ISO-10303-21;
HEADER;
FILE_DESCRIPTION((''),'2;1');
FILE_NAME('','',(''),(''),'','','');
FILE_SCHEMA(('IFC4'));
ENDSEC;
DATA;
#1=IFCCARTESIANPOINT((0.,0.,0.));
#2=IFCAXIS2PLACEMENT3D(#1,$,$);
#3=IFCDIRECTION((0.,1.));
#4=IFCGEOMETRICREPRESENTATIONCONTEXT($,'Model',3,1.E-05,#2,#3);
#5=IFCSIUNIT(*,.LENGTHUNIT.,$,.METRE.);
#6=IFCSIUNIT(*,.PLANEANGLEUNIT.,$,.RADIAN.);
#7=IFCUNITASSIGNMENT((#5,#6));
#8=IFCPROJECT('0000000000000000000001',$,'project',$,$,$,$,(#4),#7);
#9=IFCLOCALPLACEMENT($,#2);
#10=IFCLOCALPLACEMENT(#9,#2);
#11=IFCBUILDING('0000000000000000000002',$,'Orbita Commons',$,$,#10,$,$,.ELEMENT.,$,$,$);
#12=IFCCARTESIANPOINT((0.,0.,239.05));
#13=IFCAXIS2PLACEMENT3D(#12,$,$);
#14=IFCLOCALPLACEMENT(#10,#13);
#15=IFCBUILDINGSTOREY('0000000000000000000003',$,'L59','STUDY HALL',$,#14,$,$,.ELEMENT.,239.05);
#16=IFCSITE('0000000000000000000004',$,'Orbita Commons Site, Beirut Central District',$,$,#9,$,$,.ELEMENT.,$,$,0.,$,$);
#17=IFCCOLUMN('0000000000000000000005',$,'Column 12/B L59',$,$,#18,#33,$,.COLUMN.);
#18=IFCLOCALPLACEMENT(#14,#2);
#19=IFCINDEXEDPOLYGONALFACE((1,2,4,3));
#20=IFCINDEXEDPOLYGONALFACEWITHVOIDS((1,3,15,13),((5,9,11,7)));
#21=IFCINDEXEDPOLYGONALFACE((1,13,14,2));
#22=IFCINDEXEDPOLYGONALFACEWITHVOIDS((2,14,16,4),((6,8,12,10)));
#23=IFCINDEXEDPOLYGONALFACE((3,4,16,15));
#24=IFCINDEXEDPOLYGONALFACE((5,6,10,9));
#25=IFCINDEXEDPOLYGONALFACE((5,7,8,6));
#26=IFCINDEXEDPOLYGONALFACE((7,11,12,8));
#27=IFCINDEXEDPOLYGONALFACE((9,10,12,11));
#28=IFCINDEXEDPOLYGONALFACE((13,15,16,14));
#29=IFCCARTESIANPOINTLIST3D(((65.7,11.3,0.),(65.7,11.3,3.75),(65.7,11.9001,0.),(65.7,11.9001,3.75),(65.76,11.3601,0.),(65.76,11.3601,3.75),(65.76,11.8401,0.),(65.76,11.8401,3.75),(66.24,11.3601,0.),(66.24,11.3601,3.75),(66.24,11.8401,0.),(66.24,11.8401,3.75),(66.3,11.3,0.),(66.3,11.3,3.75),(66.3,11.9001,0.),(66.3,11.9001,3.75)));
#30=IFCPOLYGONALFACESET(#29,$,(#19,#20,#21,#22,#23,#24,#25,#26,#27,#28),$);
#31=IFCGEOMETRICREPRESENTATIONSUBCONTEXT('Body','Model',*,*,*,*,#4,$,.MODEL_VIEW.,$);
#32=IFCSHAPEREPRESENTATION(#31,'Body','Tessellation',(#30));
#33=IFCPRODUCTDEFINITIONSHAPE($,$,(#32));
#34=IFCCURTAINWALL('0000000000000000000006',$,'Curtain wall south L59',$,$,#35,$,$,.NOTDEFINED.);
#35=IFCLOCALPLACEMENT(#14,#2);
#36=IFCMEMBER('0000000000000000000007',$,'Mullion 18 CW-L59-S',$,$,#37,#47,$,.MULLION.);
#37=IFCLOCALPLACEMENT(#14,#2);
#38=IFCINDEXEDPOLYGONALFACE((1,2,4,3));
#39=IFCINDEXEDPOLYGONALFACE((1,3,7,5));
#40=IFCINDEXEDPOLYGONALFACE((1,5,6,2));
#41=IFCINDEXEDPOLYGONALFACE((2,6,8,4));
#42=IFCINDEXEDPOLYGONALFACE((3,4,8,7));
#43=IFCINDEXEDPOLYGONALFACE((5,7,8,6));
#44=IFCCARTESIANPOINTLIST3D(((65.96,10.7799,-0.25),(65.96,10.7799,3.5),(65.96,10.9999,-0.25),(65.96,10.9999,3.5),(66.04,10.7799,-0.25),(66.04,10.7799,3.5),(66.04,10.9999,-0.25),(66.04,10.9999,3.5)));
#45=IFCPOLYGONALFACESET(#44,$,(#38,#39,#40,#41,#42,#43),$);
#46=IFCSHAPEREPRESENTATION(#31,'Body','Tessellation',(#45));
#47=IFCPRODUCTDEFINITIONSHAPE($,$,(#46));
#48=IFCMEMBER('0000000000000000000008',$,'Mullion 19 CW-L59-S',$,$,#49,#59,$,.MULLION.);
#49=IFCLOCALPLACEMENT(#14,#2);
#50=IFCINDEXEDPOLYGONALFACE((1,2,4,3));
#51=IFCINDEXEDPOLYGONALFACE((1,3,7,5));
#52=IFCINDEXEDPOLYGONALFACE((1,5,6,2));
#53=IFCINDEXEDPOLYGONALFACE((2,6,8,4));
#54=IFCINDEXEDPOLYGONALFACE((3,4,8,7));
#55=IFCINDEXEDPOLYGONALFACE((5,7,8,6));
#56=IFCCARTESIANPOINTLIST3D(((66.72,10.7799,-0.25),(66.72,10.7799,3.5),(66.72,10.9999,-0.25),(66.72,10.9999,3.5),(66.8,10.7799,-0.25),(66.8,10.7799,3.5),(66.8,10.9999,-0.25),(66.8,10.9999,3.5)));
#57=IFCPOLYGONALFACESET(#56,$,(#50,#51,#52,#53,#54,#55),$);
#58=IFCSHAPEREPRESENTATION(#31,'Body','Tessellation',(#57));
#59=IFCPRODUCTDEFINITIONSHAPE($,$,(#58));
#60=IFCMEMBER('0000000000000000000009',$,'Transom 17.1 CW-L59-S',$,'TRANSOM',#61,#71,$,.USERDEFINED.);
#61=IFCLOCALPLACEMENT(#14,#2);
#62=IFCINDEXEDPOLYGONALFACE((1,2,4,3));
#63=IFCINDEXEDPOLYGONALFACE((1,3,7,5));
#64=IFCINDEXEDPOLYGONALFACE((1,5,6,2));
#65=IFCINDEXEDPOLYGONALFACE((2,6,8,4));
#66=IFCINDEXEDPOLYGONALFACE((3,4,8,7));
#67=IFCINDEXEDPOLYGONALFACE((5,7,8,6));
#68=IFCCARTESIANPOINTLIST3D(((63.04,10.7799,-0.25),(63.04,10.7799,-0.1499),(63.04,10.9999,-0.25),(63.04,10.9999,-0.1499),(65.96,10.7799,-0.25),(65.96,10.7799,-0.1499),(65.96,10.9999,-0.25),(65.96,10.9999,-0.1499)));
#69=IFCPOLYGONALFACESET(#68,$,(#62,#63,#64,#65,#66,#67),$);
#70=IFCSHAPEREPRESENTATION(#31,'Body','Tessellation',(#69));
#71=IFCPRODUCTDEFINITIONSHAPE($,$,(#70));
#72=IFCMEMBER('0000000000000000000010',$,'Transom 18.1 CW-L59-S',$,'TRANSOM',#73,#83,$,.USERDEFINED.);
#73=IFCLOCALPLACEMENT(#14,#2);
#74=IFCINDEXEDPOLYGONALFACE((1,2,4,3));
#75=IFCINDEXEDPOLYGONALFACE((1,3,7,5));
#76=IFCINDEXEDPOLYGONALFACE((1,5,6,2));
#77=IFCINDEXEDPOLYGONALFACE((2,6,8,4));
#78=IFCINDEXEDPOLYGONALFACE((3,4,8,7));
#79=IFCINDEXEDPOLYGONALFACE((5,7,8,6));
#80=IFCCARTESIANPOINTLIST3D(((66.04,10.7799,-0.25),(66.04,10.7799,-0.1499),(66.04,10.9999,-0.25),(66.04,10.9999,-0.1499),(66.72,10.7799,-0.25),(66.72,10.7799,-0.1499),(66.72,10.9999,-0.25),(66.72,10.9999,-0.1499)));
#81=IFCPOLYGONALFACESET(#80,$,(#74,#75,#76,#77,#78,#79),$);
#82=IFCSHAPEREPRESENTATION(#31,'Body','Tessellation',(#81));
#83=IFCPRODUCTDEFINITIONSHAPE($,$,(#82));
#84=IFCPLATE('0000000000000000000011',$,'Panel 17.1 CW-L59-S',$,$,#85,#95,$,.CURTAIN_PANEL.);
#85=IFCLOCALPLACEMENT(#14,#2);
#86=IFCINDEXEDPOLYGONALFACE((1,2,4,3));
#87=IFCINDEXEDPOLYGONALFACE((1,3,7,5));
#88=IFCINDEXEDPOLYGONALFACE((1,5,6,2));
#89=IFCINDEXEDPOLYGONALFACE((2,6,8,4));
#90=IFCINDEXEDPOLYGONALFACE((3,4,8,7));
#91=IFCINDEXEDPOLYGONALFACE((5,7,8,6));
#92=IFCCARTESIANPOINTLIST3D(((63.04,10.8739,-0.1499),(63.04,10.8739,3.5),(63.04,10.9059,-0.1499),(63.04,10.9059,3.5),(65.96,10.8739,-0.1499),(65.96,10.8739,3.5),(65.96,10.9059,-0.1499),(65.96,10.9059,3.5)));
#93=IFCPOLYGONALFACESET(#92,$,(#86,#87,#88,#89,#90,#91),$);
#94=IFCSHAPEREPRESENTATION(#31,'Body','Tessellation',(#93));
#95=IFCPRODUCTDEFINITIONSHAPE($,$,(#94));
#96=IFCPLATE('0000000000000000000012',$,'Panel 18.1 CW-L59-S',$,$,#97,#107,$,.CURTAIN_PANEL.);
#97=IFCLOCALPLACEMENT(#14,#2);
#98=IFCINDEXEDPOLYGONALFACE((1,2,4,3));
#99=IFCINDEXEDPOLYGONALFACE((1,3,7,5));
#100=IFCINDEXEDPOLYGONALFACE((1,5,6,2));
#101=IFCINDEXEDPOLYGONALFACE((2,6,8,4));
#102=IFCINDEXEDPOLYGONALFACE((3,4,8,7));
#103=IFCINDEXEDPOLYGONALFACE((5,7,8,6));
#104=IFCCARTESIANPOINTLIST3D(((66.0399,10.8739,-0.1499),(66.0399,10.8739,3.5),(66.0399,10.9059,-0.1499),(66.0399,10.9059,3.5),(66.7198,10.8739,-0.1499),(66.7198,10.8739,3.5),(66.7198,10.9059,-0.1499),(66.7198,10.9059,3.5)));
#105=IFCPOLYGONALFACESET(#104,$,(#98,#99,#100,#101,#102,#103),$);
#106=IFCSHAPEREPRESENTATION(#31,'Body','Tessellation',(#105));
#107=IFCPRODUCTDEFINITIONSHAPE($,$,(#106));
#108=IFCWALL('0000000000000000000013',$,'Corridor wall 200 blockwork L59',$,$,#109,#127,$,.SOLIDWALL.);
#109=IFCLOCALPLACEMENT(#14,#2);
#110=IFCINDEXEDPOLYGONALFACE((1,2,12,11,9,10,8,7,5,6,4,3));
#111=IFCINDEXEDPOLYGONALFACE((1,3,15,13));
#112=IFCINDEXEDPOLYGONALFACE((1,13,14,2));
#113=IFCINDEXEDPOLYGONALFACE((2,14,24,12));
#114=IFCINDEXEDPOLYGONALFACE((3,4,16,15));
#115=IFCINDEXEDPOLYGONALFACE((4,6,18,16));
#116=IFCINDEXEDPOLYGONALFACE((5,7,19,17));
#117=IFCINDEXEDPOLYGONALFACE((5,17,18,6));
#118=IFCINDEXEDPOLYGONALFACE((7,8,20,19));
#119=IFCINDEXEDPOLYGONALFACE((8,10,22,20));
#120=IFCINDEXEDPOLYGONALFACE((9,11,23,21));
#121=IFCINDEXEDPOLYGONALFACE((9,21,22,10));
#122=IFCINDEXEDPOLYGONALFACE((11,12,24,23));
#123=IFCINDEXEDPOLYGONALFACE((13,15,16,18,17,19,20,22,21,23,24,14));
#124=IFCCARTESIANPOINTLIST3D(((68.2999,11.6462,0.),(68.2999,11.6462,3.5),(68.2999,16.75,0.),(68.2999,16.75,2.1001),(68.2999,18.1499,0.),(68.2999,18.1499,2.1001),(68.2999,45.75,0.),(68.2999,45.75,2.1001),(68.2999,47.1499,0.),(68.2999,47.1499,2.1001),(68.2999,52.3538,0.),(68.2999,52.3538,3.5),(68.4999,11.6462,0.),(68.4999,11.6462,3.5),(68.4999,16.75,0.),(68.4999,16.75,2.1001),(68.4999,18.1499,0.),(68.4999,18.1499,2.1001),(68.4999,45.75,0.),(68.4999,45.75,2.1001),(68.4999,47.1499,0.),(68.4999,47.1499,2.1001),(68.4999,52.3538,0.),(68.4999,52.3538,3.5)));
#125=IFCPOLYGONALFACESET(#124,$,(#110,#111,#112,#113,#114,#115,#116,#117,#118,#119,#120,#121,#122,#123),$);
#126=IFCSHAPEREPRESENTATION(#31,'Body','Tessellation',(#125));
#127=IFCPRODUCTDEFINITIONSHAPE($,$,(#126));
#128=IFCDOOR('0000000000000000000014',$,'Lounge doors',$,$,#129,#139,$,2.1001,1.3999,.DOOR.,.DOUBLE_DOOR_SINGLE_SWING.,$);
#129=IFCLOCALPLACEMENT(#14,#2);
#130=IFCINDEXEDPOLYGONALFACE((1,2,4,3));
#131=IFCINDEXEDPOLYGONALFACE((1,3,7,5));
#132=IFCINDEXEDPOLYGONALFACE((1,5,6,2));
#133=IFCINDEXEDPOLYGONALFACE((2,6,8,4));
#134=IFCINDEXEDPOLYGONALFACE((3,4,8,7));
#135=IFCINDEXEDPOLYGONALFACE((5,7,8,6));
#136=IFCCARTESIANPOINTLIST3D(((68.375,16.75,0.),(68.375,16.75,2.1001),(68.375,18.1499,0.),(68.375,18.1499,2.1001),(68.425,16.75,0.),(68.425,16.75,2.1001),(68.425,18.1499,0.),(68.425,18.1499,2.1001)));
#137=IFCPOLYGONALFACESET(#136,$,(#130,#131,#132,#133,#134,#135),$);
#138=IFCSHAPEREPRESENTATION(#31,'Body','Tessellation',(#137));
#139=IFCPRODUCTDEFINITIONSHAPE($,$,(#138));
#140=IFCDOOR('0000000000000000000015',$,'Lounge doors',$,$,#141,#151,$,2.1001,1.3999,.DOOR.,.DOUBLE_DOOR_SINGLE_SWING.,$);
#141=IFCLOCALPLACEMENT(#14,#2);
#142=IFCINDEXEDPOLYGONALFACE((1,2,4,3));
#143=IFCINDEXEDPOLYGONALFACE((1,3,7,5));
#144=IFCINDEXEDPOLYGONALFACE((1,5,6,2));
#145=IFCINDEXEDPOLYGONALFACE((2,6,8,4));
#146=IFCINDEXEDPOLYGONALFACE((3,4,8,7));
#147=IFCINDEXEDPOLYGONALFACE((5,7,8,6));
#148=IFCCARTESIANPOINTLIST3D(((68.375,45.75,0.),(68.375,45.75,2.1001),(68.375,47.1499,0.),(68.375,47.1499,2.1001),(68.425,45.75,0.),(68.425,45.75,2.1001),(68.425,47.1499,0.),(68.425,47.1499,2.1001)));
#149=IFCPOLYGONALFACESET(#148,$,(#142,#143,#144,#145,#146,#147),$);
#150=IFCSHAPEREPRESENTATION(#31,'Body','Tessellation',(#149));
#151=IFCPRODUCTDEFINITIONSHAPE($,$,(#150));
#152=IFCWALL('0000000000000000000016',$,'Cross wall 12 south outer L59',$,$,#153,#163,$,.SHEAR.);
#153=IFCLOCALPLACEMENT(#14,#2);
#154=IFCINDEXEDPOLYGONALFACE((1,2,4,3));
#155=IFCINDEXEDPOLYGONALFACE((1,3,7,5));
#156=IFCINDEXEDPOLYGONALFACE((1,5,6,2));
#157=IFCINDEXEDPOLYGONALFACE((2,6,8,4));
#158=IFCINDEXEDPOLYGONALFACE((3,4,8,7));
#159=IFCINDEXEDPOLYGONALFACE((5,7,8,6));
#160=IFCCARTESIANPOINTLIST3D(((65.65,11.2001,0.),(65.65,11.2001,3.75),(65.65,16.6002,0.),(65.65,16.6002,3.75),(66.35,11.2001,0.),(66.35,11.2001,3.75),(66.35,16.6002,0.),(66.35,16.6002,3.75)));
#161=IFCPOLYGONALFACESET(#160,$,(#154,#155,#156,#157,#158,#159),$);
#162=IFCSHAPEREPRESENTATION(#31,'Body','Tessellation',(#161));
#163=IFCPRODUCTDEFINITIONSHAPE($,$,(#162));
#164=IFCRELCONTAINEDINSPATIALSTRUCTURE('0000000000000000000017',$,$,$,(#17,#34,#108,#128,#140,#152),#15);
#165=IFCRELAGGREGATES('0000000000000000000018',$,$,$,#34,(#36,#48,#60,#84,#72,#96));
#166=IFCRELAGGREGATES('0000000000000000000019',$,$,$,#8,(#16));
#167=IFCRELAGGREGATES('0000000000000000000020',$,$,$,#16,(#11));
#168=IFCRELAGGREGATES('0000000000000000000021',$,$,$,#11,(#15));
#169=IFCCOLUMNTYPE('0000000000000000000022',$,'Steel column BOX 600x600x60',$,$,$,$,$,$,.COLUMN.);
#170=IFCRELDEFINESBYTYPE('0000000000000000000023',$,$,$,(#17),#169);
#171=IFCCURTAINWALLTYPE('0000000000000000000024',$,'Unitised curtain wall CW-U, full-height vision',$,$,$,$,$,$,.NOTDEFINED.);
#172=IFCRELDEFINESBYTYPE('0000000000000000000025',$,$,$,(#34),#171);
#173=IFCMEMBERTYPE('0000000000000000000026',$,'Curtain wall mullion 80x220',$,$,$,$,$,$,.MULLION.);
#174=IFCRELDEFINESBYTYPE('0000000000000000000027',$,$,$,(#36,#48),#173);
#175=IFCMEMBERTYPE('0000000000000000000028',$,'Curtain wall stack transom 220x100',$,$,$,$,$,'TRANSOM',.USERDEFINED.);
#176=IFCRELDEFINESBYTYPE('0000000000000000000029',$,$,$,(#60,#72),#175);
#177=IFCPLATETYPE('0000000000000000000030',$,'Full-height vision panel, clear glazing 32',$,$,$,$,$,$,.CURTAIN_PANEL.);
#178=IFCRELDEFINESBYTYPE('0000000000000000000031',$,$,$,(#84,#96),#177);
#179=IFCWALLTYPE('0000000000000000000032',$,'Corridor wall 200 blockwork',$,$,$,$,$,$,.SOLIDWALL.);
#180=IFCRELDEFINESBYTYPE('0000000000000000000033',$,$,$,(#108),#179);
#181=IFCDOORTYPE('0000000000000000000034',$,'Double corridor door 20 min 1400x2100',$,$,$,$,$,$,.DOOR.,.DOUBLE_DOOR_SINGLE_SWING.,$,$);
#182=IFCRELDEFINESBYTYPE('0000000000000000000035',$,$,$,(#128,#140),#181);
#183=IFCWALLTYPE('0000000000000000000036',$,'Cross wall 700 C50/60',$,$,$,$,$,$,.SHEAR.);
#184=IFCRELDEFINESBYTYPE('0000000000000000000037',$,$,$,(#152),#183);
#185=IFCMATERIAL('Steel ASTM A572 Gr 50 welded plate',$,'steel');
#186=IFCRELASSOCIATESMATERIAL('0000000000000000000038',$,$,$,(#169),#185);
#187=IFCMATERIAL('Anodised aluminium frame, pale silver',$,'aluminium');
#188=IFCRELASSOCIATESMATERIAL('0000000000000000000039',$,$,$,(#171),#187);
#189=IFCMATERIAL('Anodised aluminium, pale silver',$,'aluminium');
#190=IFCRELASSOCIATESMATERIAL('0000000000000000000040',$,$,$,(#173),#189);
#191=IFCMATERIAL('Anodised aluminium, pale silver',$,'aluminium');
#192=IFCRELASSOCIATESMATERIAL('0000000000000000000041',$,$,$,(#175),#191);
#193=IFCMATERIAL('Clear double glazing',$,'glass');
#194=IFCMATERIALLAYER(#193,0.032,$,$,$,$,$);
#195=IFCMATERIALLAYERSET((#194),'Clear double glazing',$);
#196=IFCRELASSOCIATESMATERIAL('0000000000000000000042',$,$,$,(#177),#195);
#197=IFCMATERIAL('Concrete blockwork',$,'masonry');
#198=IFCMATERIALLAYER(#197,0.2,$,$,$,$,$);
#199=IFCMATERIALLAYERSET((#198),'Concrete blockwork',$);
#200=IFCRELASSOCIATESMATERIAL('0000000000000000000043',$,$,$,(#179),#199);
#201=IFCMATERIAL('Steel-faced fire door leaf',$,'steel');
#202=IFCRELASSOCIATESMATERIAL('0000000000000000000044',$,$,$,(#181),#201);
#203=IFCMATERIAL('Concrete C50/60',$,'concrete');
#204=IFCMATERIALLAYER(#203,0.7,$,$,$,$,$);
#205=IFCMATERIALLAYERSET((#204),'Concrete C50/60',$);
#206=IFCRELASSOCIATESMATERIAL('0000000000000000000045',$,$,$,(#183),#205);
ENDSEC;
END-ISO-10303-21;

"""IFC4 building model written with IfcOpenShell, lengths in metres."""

from ifc_helpers import new_model, si_unit, direction, frame, frame_2d, origin, origin_2d, place, context, subcontext, project, spatial, rectangle, hollow_rectangle, extrude, material, layer, layer_set, material_profile, profile_set, type_object, element, fill, aggregate, save


model = new_model("IFC4")

# Units and contexts
model_context = context("Model", 3, precision=1e-05, world=origin(), true_north=direction((0.0, 1.0)))
body_context = subcontext(model_context, "Body", "Model", "MODEL_VIEW")
ifc_project = project(units=[si_unit("LENGTHUNIT", "METRE"), si_unit("PLANEANGLEUNIT", "RADIAN")], contexts=[model_context])

# Site, building, storey
site_placement = place(None, origin())
site = spatial("IfcSite", under=ifc_project, at=site_placement, Name="Orbita Commons Site, Beirut Central District", CompositionType="ELEMENT", RefElevation=0.0)
building_placement = place(site_placement, origin())
building = spatial("IfcBuilding", under=site, at=building_placement, Name="Orbita Commons", CompositionType="ELEMENT")
storey_placement = place(building_placement, frame((0.0, 0.0, 239.05)))
storey = spatial("IfcBuildingStorey", under=building, at=storey_placement, Name="L59", Description="STUDY HALL", CompositionType="ELEMENT", Elevation=239.05)

# Column
ifc_material_1 = material(Name="Steel ASTM A572 Gr 50 welded plate", Category="steel")
ifc_material_profile_1 = material_profile(ifc_material_1, hollow_rectangle(XDim=0.6001, YDim=0.6001, WallThickness=0.0601, at=origin_2d()), Name="BOX 600x600x60")
ifc_profile_set_1 = profile_set([ifc_material_profile_1], Name="Steel ASTM A572 Gr 50 welded plate")
column_type = type_object("IfcColumnType", Name="Steel column BOX 600x600x60", PredefinedType="COLUMN", material=ifc_profile_set_1)
column_placement = place(storey_placement, frame((66.0, 11.6001, 0.0), z_axis=(0.0, 0.0, 1.0), x_axis=(1.0, 0.0, 0.0)))
element("IfcColumn", 1, at=column_placement, inside=storey, type_object=column_type, Name="Column 12/B L59", PredefinedType="COLUMN", context=body_context, shape_type="SweptSolid", body=[
    extrude(hollow_rectangle(XDim=0.6001, YDim=0.6001, WallThickness=0.0601, at=origin_2d()), origin(), (0.0, 0.0, 1.0), 3.75),
])

# Curtain wall, members, plates
ifc_material_2 = material(Name="Anodised aluminium frame, pale silver", Category="aluminium")
curtain_wall_type = type_object("IfcCurtainWallType", Name="Unitised curtain wall CW-U, full-height vision", PredefinedType="NOTDEFINED", material=ifc_material_2)
curtain_wall_placement = place(storey_placement, origin())
curtain_wall = element("IfcCurtainWall", 2, at=curtain_wall_placement, inside=storey, type_object=curtain_wall_type, Name="Curtain wall south L59", PredefinedType="NOTDEFINED")
ifc_material_3 = material(Name="Anodised aluminium, pale silver", Category="aluminium")
ifc_material_profile_2 = material_profile(ifc_material_3, rectangle(XDim=0.0801, YDim=0.22, at=origin_2d()), Name="AL 80x220")
ifc_profile_set_2 = profile_set([ifc_material_profile_2], Name="Anodised aluminium, pale silver")
member_type_1 = type_object("IfcMemberType", Name="Curtain wall mullion 80x220", PredefinedType="MULLION", material=ifc_profile_set_2)
member_1_placement = place(storey_placement, frame((66.0, 10.8899, -0.25), z_axis=(0.0, 0.0, 1.0), x_axis=(1.0, 0.0, 0.0)))
member_1 = element("IfcMember", 3, at=member_1_placement, type_object=member_type_1, Name="Mullion 18 CW-L59-S", PredefinedType="MULLION", context=body_context, shape_type="SweptSolid", body=[
    extrude(rectangle(XDim=0.0801, YDim=0.22, at=origin_2d()), origin(), (0.0, 0.0, 1.0), 3.75),
])
member_2_placement = place(storey_placement, frame((66.76, 10.8899, -0.25), z_axis=(0.0, 0.0, 1.0), x_axis=(1.0, 0.0, 0.0)))
member_2 = element("IfcMember", 4, at=member_2_placement, type_object=member_type_1, Name="Mullion 19 CW-L59-S", PredefinedType="MULLION", context=body_context, shape_type="SweptSolid", body=[
    extrude(rectangle(XDim=0.0801, YDim=0.22, at=origin_2d()), origin(), (0.0, 0.0, 1.0), 3.75),
])
ifc_material_4 = material(Name="Anodised aluminium, pale silver", Category="aluminium")
ifc_material_profile_3 = material_profile(ifc_material_4, rectangle(XDim=0.22, YDim=0.1001, at=origin_2d()), Name="AL 220x100")
ifc_profile_set_3 = profile_set([ifc_material_profile_3], Name="Anodised aluminium, pale silver")
member_type_2 = type_object("IfcMemberType", Name="Curtain wall stack transom 220x100", ElementType="TRANSOM", PredefinedType="USERDEFINED", material=ifc_profile_set_3)
member_3_placement = place(storey_placement, frame((63.04, 10.8899, -0.2), z_axis=(1.0, 0.0, 0.0), x_axis=(0.0, 1.0, 0.0)))
member_3 = element("IfcMember", 5, at=member_3_placement, type_object=member_type_2, Name="Transom 17.1 CW-L59-S", ObjectType="TRANSOM", PredefinedType="USERDEFINED", context=body_context, shape_type="SweptSolid", body=[
    extrude(rectangle(XDim=0.22, YDim=0.1001, at=origin_2d()), origin(), (0.0, 0.0, 1.0), 2.9199),
])
member_4_placement = place(storey_placement, frame((66.04, 10.8899, -0.2), z_axis=(1.0, 0.0, 0.0), x_axis=(0.0, 1.0, 0.0)))
member_4 = element("IfcMember", 6, at=member_4_placement, type_object=member_type_2, Name="Transom 18.1 CW-L59-S", ObjectType="TRANSOM", PredefinedType="USERDEFINED", context=body_context, shape_type="SweptSolid", body=[
    extrude(rectangle(XDim=0.22, YDim=0.1001, at=origin_2d()), origin(), (0.0, 0.0, 1.0), 0.6799),
])
ifc_material_5 = material(Name="Clear double glazing", Category="glass")
ifc_layer_1 = layer(ifc_material_5, 0.032)
ifc_layer_set_1 = layer_set([ifc_layer_1], Name="Clear double glazing")
plate_type = type_object("IfcPlateType", Name="Full-height vision panel, clear glazing 32", PredefinedType="CURTAIN_PANEL", material=ifc_layer_set_1)
plate_1_placement = place(storey_placement, frame((64.5, 10.8899, -0.1499), z_axis=(0.0, 0.0, 1.0), x_axis=(1.0, 0.0, 0.0)))
plate_1 = element("IfcPlate", 7, at=plate_1_placement, type_object=plate_type, Name="Panel 17.1 CW-L59-S", PredefinedType="CURTAIN_PANEL", context=body_context, shape_type="SweptSolid", body=[
    extrude(rectangle(XDim=2.9199, YDim=0.032, at=origin_2d()), origin(), (0.0, 0.0, 1.0), 3.6499),
])
plate_2_placement = place(storey_placement, frame((66.3799, 10.8899, -0.1499), z_axis=(0.0, 0.0, 1.0), x_axis=(1.0, 0.0, 0.0)))
plate_2 = element("IfcPlate", 8, at=plate_2_placement, type_object=plate_type, Name="Panel 18.1 CW-L59-S", PredefinedType="CURTAIN_PANEL", context=body_context, shape_type="SweptSolid", body=[
    extrude(rectangle(XDim=0.6799, YDim=0.032, at=origin_2d()), origin(), (0.0, 0.0, 1.0), 3.6499),
])
aggregate(curtain_wall, [member_1, member_2, member_3, plate_1, member_4, plate_2])

# Wall, openings, doors
ifc_material_6 = material(Name="Concrete blockwork", Category="masonry")
ifc_layer_2 = layer(ifc_material_6, 0.2)
ifc_layer_set_2 = layer_set([ifc_layer_2], Name="Concrete blockwork")
wall_type_1 = type_object("IfcWallType", Name="Corridor wall 200 blockwork", PredefinedType="SOLIDWALL", material=ifc_layer_set_2)
wall_1_placement = place(storey_placement, frame((68.3999, 11.6462, 0.0), z_axis=(0.0, 0.0, 1.0), x_axis=(0.0, 1.0, 0.0)))
wall_1 = element("IfcWall", 9, at=wall_1_placement, inside=storey, type_object=wall_type_1, Name="Corridor wall 200 blockwork L59", PredefinedType="SOLIDWALL", context=body_context, shape_type="SweptSolid", body=[
    extrude(rectangle(XDim=40.7075, YDim=0.2, at=frame_2d((20.3538, 0.0))), origin(), (0.0, 0.0, 1.0), 3.5),
])
opening_1_placement = place(wall_1_placement, frame((5.1038, 0.0, 0.0)))
opening_1 = element("IfcOpeningElement", 10, at=opening_1_placement, cuts=wall_1, PredefinedType="OPENING", context=body_context, shape_type="SweptSolid", body=[
    extrude(rectangle(XDim=1.3999, YDim=2.1001, at=frame_2d((0.7, 1.05))), frame((0.0, 0.1099, 0.0), z_axis=(0.0, -1.0, 0.0), x_axis=(1.0, 0.0, 0.0)), (0.0, 0.0, 1.0), 0.22),
])
opening_2_placement = place(wall_1_placement, frame((34.1038, 0.0, 0.0)))
opening_2 = element("IfcOpeningElement", 11, at=opening_2_placement, cuts=wall_1, PredefinedType="OPENING", context=body_context, shape_type="SweptSolid", body=[
    extrude(rectangle(XDim=1.3999, YDim=2.1001, at=frame_2d((0.7, 1.05))), frame((0.0, 0.1099, 0.0), z_axis=(0.0, -1.0, 0.0), x_axis=(1.0, 0.0, 0.0)), (0.0, 0.0, 1.0), 0.22),
])
ifc_material_7 = material(Name="Steel-faced fire door leaf", Category="steel")
door_type = type_object("IfcDoorType", Name="Double corridor door 20 min 1400x2100", OperationType="DOUBLE_DOOR_SINGLE_SWING", PredefinedType="DOOR", material=ifc_material_7)
door_1_placement = place(opening_1_placement, origin())
door_1 = element("IfcDoor", 12, at=door_1_placement, inside=storey, type_object=door_type, Name="Lounge doors", OperationType="DOUBLE_DOOR_SINGLE_SWING", OverallHeight=2.1001, OverallWidth=1.3999, PredefinedType="DOOR", context=body_context, shape_type="SweptSolid", body=[
    extrude(rectangle(XDim=1.3999, YDim=2.1001, at=frame_2d((0.7, 1.05))), frame((0.0, 0.0249, 0.0), z_axis=(0.0, -1.0, 0.0), x_axis=(1.0, 0.0, 0.0)), (0.0, 0.0, 1.0), 0.05),
])
fill(opening_1, door_1)
door_2_placement = place(opening_2_placement, origin())
door_2 = element("IfcDoor", 13, at=door_2_placement, inside=storey, type_object=door_type, Name="Lounge doors", OperationType="DOUBLE_DOOR_SINGLE_SWING", OverallHeight=2.1001, OverallWidth=1.3999, PredefinedType="DOOR", context=body_context, shape_type="SweptSolid", body=[
    extrude(rectangle(XDim=1.3999, YDim=2.1001, at=frame_2d((0.7, 1.05))), frame((0.0, 0.0249, 0.0), z_axis=(0.0, -1.0, 0.0), x_axis=(1.0, 0.0, 0.0)), (0.0, 0.0, 1.0), 0.05),
])
fill(opening_2, door_2)

# Wall
ifc_material_8 = material(Name="Concrete C50/60", Category="concrete")
ifc_layer_3 = layer(ifc_material_8, 0.7)
ifc_layer_set_3 = layer_set([ifc_layer_3], Name="Concrete C50/60")
wall_type_2 = type_object("IfcWallType", Name="Cross wall 700 C50/60", PredefinedType="SHEAR", material=ifc_layer_set_3)
wall_2_placement = place(storey_placement, frame((66.0, 11.2, 0.0), z_axis=(0.0, 0.0, 1.0), x_axis=(0.0, 1.0, 0.0)))
element("IfcWall", 14, at=wall_2_placement, inside=storey, type_object=wall_type_2, Name="Cross wall 12 south outer L59", PredefinedType="SHEAR", context=body_context, shape_type="SweptSolid", body=[
    extrude(rectangle(XDim=5.4001, YDim=0.7, at=frame_2d((2.7002, 0.0))), origin(), (0.0, 0.0, 1.0), 3.75),
])

save(model, "model.ifc")
